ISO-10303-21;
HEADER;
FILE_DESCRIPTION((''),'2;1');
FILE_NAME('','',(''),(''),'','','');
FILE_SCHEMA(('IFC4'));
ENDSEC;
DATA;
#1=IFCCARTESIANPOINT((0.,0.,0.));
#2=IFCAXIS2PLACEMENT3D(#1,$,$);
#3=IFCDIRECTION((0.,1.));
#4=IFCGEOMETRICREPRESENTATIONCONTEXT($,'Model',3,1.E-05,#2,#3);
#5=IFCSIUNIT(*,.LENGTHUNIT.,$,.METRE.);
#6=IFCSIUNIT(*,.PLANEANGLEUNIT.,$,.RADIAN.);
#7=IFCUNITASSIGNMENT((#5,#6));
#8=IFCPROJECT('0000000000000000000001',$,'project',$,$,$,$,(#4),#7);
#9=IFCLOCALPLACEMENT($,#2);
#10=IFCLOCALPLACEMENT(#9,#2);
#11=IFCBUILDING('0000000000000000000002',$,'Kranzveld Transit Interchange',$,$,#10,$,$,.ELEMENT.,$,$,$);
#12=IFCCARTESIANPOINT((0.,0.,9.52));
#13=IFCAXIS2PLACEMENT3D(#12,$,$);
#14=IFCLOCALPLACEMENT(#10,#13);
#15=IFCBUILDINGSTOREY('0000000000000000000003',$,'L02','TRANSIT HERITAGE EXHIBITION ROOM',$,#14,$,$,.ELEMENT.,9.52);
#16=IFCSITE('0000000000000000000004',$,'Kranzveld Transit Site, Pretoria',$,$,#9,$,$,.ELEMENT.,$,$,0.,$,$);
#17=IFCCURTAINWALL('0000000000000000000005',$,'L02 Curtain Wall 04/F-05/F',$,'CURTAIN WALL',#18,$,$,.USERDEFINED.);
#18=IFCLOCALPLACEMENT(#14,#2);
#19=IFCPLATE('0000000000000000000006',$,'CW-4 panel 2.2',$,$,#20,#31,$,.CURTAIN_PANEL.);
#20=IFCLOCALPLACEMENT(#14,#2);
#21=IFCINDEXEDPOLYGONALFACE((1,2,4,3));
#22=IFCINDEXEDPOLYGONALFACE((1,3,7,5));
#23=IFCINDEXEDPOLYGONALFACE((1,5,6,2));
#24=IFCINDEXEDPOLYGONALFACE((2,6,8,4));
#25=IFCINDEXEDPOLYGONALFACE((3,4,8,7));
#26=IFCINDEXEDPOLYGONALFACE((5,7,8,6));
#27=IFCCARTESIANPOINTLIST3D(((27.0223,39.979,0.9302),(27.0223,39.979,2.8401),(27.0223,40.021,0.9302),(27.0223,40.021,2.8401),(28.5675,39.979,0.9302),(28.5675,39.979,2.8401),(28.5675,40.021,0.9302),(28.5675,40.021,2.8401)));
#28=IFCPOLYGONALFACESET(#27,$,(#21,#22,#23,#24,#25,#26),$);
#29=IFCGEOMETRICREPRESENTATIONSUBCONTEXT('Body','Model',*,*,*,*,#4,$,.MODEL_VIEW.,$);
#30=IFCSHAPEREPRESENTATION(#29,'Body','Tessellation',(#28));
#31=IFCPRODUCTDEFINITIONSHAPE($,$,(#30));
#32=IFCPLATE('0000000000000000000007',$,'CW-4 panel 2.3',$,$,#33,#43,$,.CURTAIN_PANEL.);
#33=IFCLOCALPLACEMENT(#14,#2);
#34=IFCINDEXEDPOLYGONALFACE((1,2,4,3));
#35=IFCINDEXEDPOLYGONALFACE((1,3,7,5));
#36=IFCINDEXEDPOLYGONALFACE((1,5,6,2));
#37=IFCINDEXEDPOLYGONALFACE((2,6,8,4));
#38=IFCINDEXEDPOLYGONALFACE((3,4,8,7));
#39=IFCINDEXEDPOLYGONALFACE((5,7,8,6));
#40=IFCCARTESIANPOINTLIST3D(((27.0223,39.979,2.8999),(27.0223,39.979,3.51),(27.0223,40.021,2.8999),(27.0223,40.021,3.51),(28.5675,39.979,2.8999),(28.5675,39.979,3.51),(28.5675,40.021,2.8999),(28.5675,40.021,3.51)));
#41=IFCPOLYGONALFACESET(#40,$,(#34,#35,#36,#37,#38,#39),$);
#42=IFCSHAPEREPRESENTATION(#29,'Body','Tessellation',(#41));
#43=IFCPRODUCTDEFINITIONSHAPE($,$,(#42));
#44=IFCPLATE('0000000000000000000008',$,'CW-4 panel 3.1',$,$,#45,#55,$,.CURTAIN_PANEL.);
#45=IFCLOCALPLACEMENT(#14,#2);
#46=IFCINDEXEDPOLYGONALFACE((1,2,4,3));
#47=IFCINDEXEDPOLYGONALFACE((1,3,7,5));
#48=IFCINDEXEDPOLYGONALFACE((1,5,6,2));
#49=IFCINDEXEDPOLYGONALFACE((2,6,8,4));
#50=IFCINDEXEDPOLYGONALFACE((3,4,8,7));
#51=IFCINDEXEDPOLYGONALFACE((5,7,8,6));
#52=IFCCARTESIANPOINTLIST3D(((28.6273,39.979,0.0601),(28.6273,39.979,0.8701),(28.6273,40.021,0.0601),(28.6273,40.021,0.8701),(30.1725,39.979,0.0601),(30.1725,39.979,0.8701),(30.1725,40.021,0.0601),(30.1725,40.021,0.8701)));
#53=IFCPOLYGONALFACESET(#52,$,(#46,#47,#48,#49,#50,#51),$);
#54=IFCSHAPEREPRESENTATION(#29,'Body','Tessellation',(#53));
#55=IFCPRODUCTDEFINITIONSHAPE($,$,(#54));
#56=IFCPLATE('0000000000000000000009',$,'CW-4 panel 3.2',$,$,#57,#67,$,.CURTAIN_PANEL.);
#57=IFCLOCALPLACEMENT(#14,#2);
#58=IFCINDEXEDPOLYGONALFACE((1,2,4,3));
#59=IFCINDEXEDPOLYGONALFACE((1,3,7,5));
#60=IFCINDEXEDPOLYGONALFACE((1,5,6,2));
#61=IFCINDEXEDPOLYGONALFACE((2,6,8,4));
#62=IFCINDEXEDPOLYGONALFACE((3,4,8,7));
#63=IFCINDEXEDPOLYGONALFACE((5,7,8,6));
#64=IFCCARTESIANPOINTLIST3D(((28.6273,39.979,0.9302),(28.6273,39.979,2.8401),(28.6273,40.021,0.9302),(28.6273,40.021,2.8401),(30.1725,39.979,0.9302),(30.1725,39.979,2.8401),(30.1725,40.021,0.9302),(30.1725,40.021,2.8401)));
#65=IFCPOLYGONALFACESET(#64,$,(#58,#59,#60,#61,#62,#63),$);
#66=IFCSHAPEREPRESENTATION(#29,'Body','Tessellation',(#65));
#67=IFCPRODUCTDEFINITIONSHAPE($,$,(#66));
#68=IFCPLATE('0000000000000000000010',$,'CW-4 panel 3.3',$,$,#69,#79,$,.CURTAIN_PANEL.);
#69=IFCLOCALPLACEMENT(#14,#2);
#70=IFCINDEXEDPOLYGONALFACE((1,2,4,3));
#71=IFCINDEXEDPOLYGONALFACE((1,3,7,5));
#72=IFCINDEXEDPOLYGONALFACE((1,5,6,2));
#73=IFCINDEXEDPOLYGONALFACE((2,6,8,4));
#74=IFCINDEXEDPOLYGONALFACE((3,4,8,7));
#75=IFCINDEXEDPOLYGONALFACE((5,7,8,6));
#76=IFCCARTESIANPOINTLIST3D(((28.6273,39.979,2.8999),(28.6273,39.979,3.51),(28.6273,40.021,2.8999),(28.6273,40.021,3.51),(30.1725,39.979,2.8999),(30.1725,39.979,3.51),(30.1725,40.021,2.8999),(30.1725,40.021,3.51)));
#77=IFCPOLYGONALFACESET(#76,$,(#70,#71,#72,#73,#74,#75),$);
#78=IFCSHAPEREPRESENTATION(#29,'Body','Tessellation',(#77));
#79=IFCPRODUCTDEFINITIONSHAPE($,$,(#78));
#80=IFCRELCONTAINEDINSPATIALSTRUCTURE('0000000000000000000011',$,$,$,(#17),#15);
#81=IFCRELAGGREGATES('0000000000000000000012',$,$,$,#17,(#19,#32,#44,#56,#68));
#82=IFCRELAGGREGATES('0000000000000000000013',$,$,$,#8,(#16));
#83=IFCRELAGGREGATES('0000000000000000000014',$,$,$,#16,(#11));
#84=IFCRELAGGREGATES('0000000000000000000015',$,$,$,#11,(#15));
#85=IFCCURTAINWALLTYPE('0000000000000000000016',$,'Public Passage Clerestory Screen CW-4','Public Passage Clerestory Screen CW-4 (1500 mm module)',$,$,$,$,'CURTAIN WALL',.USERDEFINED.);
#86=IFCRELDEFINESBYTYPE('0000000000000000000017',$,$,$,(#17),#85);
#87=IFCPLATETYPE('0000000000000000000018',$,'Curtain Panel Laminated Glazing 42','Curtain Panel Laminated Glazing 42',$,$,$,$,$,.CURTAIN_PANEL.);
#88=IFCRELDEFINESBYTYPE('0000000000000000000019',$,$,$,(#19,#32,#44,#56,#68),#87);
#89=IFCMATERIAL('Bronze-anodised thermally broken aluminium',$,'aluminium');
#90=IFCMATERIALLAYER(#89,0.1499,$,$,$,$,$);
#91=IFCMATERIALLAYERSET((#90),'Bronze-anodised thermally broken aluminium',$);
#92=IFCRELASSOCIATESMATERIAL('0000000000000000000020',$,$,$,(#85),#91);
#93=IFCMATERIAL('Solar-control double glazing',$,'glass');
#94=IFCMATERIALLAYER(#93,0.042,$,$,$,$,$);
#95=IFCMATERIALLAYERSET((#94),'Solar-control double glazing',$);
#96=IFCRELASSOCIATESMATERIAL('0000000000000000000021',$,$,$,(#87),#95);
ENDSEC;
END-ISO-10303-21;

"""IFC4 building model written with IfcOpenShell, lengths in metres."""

from ifc_helpers import new_model, si_unit, direction, frame, origin, origin_2d, place, context, subcontext, project, spatial, rectangle, extrude, material, layer, layer_set, type_object, element, aggregate, save


model = new_model("IFC4")

# Units and contexts
model_context = context("Model", 3, precision=1e-05, world=origin(), true_north=direction((0.0, 1.0)))
body_context = subcontext(model_context, "Body", "Model", "MODEL_VIEW")
ifc_project = project(units=[si_unit("LENGTHUNIT", "METRE"), si_unit("PLANEANGLEUNIT", "RADIAN")], contexts=[model_context])

# Site, building, storey
site_placement = place(None, origin())
site = spatial("IfcSite", under=ifc_project, at=site_placement, Name="Kranzveld Transit Site, Pretoria", CompositionType="ELEMENT", RefElevation=0.0)
building_placement = place(site_placement, origin())
building = spatial("IfcBuilding", under=site, at=building_placement, Name="Kranzveld Transit Interchange", CompositionType="ELEMENT")
storey_placement = place(building_placement, frame((0.0, 0.0, 9.52)))
storey = spatial("IfcBuildingStorey", under=building, at=storey_placement, Name="L02", Description="TRANSIT HERITAGE EXHIBITION ROOM", CompositionType="ELEMENT", Elevation=9.52)

# Curtain wall
ifc_material_1 = material(Name="Bronze-anodised thermally broken aluminium", Category="aluminium")
ifc_layer_1 = layer(ifc_material_1, 0.1499)
ifc_layer_set_1 = layer_set([ifc_layer_1], Name="Bronze-anodised thermally broken aluminium")
curtain_wall_type = type_object("IfcCurtainWallType", Name="Public Passage Clerestory Screen CW-4", Description="Public Passage Clerestory Screen CW-4 (1500 mm module)", ElementType="CURTAIN WALL", PredefinedType="USERDEFINED", material=ifc_layer_set_1)
curtain_wall_placement = place(storey_placement, origin())
curtain_wall = element("IfcCurtainWall", 1, at=curtain_wall_placement, inside=storey, type_object=curtain_wall_type, Name="L02 Curtain Wall 04/F-05/F", ObjectType="CURTAIN WALL", PredefinedType="USERDEFINED")

# Plates
ifc_material_2 = material(Name="Solar-control double glazing", Category="glass")
ifc_layer_2 = layer(ifc_material_2, 0.042)
ifc_layer_set_2 = layer_set([ifc_layer_2], Name="Solar-control double glazing")
plate_type = type_object("IfcPlateType", Name="Curtain Panel Laminated Glazing 42", Description="Curtain Panel Laminated Glazing 42", PredefinedType="CURTAIN_PANEL", material=ifc_layer_set_2)
plate_1_placement = place(storey_placement, frame((27.7949, 40.0, 0.9302), z_axis=(0.0, 0.0, 1.0), x_axis=(1.0, 0.0, 0.0)))
plate_1 = element("IfcPlate", 2, at=plate_1_placement, type_object=plate_type, Name="CW-4 panel 2.2", PredefinedType="CURTAIN_PANEL", context=body_context, shape_type="SweptSolid", body=[
    extrude(rectangle(XDim=1.5452, YDim=0.042, at=origin_2d()), origin(), (0.0, 0.0, 1.0), 1.9099),
])
plate_2_placement = place(storey_placement, frame((27.7949, 40.0, 2.8999), z_axis=(0.0, 0.0, 1.0), x_axis=(1.0, 0.0, 0.0)))
plate_2 = element("IfcPlate", 3, at=plate_2_placement, type_object=plate_type, Name="CW-4 panel 2.3", PredefinedType="CURTAIN_PANEL", context=body_context, shape_type="SweptSolid", body=[
    extrude(rectangle(XDim=1.5452, YDim=0.042, at=origin_2d()), origin(), (0.0, 0.0, 1.0), 0.6101),
])
plate_3_placement = place(storey_placement, frame((29.3999, 40.0, 0.0601), z_axis=(0.0, 0.0, 1.0), x_axis=(1.0, 0.0, 0.0)))
plate_3 = element("IfcPlate", 4, at=plate_3_placement, type_object=plate_type, Name="CW-4 panel 3.1", PredefinedType="CURTAIN_PANEL", context=body_context, shape_type="SweptSolid", body=[
    extrude(rectangle(XDim=1.5452, YDim=0.042, at=origin_2d()), origin(), (0.0, 0.0, 1.0), 0.8101),
])
plate_4_placement = place(storey_placement, frame((29.3999, 40.0, 0.9302), z_axis=(0.0, 0.0, 1.0), x_axis=(1.0, 0.0, 0.0)))
plate_4 = element("IfcPlate", 5, at=plate_4_placement, type_object=plate_type, Name="CW-4 panel 3.2", PredefinedType="CURTAIN_PANEL", context=body_context, shape_type="SweptSolid", body=[
    extrude(rectangle(XDim=1.5452, YDim=0.042, at=origin_2d()), origin(), (0.0, 0.0, 1.0), 1.9099),
])
plate_5_placement = place(storey_placement, frame((29.3999, 40.0, 2.8999), z_axis=(0.0, 0.0, 1.0), x_axis=(1.0, 0.0, 0.0)))
plate_5 = element("IfcPlate", 6, at=plate_5_placement, type_object=plate_type, Name="CW-4 panel 3.3", PredefinedType="CURTAIN_PANEL", context=body_context, shape_type="SweptSolid", body=[
    extrude(rectangle(XDim=1.5452, YDim=0.042, at=origin_2d()), origin(), (0.0, 0.0, 1.0), 0.6101),
])
aggregate(curtain_wall, [plate_1, plate_2, plate_3, plate_4, plate_5])

save(model, "model.ifc")
